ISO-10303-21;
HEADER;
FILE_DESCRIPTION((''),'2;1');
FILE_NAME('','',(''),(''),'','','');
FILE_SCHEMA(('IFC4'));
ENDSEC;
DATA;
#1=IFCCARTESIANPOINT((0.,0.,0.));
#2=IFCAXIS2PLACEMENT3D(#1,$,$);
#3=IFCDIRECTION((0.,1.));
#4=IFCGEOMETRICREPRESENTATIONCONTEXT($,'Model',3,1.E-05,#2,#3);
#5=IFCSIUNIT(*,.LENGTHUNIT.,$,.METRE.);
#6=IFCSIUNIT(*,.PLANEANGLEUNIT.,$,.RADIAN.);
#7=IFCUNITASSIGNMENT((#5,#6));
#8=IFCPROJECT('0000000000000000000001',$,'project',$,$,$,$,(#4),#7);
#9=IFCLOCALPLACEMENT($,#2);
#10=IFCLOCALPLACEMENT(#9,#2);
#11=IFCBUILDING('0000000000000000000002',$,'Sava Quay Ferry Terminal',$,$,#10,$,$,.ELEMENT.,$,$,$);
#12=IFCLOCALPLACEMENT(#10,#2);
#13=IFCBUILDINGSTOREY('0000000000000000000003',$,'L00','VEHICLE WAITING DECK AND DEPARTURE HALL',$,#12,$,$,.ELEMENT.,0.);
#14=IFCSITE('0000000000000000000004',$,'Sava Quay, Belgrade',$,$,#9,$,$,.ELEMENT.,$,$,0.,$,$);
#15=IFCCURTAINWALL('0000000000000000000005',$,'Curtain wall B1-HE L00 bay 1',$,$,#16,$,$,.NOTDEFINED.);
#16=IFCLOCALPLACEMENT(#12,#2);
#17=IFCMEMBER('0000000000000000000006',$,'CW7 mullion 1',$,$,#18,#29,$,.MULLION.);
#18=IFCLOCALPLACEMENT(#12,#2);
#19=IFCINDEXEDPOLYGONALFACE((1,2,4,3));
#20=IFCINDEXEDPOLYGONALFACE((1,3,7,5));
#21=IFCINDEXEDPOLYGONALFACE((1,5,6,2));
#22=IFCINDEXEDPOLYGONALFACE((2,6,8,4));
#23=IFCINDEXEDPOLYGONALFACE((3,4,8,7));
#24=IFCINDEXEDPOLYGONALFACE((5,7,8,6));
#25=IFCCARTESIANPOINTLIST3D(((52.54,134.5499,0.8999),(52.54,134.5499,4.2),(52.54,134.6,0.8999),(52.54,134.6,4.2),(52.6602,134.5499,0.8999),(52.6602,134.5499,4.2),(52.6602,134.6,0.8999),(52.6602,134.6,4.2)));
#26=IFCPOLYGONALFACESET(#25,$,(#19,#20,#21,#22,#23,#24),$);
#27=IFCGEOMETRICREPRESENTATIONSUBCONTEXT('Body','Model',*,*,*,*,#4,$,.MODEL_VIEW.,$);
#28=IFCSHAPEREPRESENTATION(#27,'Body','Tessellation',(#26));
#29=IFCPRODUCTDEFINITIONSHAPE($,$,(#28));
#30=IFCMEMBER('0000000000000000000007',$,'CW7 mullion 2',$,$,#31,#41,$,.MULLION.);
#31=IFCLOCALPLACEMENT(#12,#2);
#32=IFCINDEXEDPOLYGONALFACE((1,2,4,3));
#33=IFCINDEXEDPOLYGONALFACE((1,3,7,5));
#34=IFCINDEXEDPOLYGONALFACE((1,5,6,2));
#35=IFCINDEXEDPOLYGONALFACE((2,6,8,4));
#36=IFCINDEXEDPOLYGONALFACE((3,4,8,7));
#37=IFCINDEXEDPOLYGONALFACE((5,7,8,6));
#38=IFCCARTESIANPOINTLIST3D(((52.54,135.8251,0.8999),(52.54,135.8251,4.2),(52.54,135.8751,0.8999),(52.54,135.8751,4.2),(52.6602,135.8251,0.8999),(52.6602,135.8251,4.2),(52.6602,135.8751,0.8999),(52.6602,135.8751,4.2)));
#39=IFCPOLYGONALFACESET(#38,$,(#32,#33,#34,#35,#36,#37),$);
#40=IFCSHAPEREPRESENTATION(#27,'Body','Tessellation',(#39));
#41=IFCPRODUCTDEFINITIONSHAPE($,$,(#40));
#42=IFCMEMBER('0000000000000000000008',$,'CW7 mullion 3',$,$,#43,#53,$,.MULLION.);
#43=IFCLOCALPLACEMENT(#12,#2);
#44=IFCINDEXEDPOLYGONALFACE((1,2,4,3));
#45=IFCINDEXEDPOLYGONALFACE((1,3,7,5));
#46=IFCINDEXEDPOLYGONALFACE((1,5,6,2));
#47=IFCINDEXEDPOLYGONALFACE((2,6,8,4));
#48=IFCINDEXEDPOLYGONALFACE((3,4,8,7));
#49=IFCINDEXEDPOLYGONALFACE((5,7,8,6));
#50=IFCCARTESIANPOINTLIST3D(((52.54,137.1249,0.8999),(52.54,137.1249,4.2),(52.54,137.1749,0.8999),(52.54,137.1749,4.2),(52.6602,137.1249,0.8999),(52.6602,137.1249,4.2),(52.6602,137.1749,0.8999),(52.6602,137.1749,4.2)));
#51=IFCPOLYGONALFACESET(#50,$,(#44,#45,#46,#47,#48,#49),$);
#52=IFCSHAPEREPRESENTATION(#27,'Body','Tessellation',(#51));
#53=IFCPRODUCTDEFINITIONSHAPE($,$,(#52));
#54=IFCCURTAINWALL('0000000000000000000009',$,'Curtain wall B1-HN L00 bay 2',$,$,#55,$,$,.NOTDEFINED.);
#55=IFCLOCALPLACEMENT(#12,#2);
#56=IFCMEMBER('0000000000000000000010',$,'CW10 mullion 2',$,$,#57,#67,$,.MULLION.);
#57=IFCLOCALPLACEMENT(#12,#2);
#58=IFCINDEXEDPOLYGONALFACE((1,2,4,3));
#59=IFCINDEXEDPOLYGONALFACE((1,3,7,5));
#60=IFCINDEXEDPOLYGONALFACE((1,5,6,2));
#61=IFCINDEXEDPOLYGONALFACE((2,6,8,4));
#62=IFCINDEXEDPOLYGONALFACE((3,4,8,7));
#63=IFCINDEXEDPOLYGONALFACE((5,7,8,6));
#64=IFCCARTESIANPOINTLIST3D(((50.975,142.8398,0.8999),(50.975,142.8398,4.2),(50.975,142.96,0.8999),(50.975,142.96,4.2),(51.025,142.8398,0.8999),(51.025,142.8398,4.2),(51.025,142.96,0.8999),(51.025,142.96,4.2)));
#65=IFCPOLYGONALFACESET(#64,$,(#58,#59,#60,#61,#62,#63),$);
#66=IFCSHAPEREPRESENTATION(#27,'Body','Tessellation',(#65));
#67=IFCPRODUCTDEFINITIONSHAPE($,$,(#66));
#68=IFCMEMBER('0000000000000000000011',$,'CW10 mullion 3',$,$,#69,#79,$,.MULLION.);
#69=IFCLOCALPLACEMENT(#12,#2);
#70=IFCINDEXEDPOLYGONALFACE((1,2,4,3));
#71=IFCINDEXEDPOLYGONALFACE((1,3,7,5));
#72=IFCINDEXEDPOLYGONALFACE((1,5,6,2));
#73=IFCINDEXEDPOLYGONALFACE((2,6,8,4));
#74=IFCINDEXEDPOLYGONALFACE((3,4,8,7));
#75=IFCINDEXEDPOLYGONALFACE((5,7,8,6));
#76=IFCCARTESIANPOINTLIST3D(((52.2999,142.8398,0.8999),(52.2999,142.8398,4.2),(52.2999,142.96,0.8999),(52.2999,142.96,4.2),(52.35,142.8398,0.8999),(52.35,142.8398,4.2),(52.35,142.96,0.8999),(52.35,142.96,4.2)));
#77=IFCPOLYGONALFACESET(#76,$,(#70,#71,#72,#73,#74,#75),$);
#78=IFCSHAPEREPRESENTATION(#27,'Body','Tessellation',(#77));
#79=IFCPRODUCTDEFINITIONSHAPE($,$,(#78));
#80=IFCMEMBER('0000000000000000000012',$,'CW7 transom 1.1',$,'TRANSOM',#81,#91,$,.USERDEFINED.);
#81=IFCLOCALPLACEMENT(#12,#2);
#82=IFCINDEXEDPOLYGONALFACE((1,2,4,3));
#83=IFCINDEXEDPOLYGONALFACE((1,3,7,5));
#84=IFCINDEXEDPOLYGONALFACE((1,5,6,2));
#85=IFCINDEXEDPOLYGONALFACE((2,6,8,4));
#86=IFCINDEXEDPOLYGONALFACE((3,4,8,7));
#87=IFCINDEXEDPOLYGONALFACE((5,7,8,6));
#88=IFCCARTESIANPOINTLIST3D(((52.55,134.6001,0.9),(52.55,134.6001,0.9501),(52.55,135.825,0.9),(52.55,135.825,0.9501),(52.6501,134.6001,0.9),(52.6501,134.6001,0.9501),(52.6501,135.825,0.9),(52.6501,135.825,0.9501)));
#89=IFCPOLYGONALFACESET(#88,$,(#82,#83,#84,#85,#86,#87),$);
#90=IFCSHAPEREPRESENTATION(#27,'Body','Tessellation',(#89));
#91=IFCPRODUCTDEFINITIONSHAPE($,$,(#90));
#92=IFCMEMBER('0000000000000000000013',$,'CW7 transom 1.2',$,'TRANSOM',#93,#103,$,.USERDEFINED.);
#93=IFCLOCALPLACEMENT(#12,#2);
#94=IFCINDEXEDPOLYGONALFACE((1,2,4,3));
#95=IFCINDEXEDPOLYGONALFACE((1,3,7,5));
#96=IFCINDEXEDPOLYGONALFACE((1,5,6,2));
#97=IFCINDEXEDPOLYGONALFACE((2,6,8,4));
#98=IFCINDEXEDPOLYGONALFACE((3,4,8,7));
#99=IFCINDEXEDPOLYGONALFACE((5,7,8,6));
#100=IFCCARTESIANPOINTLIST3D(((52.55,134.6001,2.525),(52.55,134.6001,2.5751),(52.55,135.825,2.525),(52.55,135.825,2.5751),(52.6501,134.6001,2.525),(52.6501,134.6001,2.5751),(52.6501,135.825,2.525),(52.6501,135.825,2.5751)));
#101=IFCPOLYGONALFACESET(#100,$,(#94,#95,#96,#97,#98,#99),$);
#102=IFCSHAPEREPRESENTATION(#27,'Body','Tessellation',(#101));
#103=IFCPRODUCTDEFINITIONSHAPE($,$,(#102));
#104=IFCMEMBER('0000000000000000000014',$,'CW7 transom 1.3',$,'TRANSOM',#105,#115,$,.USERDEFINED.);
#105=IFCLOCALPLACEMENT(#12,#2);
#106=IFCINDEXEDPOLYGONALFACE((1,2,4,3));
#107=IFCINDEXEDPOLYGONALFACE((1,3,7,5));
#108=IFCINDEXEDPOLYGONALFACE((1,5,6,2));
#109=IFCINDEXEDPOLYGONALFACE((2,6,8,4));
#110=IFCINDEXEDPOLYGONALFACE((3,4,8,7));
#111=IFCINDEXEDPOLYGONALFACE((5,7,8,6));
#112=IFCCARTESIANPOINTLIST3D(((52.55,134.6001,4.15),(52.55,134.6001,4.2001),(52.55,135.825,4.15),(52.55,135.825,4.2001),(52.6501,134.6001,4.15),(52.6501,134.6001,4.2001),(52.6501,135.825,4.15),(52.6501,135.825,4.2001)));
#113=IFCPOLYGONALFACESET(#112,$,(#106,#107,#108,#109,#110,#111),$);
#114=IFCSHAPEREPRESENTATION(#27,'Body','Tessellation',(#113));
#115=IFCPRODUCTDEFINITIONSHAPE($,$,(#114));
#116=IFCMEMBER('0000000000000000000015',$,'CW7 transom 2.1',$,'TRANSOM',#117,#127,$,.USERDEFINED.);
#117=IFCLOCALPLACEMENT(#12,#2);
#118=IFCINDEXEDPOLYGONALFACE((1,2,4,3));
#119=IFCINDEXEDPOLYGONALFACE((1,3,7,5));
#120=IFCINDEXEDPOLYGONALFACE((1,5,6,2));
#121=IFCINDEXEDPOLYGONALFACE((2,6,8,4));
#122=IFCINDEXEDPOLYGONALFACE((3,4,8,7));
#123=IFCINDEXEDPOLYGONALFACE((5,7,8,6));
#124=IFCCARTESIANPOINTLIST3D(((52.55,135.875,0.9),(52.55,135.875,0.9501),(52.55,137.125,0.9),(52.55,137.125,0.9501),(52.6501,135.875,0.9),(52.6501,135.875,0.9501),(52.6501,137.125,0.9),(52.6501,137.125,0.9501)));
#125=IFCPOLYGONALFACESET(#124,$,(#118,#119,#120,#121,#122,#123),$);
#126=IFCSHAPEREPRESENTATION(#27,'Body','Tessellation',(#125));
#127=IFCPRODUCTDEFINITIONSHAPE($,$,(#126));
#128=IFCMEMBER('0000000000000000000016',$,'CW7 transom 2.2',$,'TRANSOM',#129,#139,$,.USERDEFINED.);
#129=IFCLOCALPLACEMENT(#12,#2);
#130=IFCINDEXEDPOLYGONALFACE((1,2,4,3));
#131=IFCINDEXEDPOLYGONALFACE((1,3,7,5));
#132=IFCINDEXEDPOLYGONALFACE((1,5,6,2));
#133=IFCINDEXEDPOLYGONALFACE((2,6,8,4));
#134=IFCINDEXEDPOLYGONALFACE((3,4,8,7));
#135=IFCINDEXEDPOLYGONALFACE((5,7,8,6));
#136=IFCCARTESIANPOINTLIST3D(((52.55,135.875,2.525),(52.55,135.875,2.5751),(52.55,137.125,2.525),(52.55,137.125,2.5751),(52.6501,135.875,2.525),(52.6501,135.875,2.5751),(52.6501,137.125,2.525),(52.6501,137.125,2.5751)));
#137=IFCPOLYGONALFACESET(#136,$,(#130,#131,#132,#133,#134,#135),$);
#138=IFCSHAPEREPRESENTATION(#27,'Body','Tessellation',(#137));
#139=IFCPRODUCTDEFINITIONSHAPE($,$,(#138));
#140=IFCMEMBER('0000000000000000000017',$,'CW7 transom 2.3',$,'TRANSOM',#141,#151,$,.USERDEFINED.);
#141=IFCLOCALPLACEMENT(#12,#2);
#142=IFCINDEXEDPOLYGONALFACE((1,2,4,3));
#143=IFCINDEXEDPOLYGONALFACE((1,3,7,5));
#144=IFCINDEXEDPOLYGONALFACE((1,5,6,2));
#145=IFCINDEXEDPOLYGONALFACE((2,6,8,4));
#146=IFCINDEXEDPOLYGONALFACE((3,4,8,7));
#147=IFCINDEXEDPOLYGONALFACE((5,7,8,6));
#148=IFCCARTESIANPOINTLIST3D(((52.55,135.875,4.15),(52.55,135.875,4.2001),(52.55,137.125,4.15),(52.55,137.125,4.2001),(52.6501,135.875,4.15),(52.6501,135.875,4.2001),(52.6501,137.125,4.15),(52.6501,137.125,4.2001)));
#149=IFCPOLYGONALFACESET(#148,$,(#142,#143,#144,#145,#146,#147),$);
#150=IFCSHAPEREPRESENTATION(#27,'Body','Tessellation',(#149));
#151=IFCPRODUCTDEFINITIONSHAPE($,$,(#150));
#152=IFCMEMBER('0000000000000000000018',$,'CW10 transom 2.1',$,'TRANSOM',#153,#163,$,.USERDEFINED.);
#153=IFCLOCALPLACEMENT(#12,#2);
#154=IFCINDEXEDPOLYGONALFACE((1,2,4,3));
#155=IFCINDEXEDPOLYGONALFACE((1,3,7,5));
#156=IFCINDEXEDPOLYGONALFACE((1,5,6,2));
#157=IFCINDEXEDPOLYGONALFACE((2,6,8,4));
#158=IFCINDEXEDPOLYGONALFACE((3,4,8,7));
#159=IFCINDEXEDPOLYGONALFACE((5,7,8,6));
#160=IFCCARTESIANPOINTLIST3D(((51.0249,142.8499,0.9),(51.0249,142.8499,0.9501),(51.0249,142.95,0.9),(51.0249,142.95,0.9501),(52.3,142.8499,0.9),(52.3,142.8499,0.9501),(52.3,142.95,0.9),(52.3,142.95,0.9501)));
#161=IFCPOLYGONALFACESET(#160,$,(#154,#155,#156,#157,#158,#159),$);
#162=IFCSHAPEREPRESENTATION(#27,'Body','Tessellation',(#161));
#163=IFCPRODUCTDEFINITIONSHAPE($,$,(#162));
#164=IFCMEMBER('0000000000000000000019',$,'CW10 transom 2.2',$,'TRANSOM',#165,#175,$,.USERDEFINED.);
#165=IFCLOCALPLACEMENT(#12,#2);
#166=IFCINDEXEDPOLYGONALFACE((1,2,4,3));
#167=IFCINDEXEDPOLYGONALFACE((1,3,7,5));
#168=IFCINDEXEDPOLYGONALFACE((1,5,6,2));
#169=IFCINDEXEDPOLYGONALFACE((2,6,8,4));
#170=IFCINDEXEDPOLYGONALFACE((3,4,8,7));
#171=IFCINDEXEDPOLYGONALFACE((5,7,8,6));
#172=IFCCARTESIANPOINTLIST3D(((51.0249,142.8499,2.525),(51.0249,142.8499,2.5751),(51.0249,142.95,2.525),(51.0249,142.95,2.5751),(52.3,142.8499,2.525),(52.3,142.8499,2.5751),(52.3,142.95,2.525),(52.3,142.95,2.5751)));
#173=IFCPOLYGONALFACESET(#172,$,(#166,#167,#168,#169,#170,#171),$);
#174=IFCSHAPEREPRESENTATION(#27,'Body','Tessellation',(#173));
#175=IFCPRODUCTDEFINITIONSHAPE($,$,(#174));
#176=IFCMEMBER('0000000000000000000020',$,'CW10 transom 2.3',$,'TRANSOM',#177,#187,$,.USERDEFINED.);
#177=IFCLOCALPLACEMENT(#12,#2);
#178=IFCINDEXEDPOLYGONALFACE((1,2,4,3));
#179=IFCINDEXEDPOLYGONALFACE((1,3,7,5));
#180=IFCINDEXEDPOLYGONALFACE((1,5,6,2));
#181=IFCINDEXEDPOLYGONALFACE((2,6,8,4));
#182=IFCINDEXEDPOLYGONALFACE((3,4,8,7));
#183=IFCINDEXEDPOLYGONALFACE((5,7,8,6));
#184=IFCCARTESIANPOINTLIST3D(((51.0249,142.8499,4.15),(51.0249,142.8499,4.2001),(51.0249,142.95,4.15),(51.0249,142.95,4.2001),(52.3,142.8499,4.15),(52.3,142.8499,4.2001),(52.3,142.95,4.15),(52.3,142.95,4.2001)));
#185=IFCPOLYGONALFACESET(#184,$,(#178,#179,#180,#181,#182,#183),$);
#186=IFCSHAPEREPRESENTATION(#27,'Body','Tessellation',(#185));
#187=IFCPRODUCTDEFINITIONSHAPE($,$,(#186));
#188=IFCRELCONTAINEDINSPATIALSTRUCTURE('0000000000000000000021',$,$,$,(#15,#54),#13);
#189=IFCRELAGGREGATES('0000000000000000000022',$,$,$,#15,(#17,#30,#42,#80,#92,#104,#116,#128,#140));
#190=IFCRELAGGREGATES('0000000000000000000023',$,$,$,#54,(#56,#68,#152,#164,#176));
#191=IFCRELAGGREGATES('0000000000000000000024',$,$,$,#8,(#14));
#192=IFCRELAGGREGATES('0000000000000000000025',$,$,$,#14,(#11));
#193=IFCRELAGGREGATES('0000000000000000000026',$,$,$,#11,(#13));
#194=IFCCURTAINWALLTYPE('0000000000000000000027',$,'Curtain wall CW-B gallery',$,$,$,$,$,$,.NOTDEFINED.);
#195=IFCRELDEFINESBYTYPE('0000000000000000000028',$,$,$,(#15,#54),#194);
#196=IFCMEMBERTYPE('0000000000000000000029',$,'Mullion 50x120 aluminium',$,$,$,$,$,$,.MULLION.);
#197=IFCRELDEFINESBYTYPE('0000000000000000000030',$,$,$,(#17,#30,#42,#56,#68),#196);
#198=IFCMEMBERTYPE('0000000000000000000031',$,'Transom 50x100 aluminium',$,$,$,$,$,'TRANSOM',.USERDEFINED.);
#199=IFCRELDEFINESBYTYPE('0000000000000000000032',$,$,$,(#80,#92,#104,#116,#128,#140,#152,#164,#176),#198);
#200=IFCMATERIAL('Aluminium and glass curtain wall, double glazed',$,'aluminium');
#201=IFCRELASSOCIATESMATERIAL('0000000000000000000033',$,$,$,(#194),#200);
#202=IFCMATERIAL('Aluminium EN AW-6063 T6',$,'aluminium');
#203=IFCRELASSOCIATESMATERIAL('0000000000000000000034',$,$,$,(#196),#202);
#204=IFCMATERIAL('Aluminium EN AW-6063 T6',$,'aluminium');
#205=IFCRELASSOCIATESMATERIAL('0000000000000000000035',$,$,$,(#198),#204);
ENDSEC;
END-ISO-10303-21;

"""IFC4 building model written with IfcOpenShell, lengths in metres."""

from ifc_helpers import new_model, si_unit, direction, frame, origin, origin_2d, place, context, subcontext, project, spatial, rectangle, extrude, material, material_profile, profile_set, type_object, element, aggregate, save


model = new_model("IFC4")

# Units and contexts
model_context = context("Model", 3, precision=1e-05, world=origin(), true_north=direction((0.0, 1.0)))
body_context = subcontext(model_context, "Body", "Model", "MODEL_VIEW")
ifc_project = project(units=[si_unit("LENGTHUNIT", "METRE"), si_unit("PLANEANGLEUNIT", "RADIAN")], contexts=[model_context])

# Site, building, storey
site_placement = place(None, origin())
site = spatial("IfcSite", under=ifc_project, at=site_placement, Name="Sava Quay, Belgrade", CompositionType="ELEMENT", RefElevation=0.0)
building_placement = place(site_placement, origin())
building = spatial("IfcBuilding", under=site, at=building_placement, Name="Sava Quay Ferry Terminal", CompositionType="ELEMENT")
storey_placement = place(building_placement, origin())
storey = spatial("IfcBuildingStorey", under=building, at=storey_placement, Name="L00", Description="VEHICLE WAITING DECK AND DEPARTURE HALL", CompositionType="ELEMENT", Elevation=0.0)

# Curtain walls, members
ifc_material_1 = material(Name="Aluminium and glass curtain wall, double glazed", Category="aluminium")
curtain_wall_type = type_object("IfcCurtainWallType", Name="Curtain wall CW-B gallery", PredefinedType="NOTDEFINED", material=ifc_material_1)
curtain_wall_1_placement = place(storey_placement, origin())
curtain_wall_1 = element("IfcCurtainWall", 1, at=curtain_wall_1_placement, inside=storey, type_object=curtain_wall_type, Name="Curtain wall B1-HE L00 bay 1", PredefinedType="NOTDEFINED")
ifc_material_2 = material(Name="Aluminium EN AW-6063 T6", Category="aluminium")
ifc_material_profile_1 = material_profile(ifc_material_2, rectangle(XDim=0.1201, YDim=0.05, at=origin_2d()), Name="Mullion 50x120 aluminium")
ifc_profile_set_1 = profile_set([ifc_material_profile_1], Name="Aluminium EN AW-6063 T6")
member_type_1 = type_object("IfcMemberType", Name="Mullion 50x120 aluminium", PredefinedType="MULLION", material=ifc_profile_set_1)
member_1_placement = place(storey_placement, frame((52.6001, 134.575, 0.8999), z_axis=(0.0, 0.0, 1.0), x_axis=(-1.0, 0.0, 0.0)))
member_1 = element("IfcMember", 2, at=member_1_placement, type_object=member_type_1, Name="CW7 mullion 1", PredefinedType="MULLION", context=body_context, shape_type="SweptSolid", body=[
    extrude(rectangle(XDim=0.1201, YDim=0.05, at=origin_2d()), origin(), (0.0, 0.0, 1.0), 3.3),
])
member_2_placement = place(storey_placement, frame((52.6001, 135.8501, 0.8999), z_axis=(0.0, 0.0, 1.0), x_axis=(-1.0, 0.0, 0.0)))
member_2 = element("IfcMember", 3, at=member_2_placement, type_object=member_type_1, Name="CW7 mullion 2", PredefinedType="MULLION", context=body_context, shape_type="SweptSolid", body=[
    extrude(rectangle(XDim=0.1201, YDim=0.05, at=origin_2d()), origin(), (0.0, 0.0, 1.0), 3.3),
])
member_3_placement = place(storey_placement, frame((52.6001, 137.1499, 0.8999), z_axis=(0.0, 0.0, 1.0), x_axis=(-1.0, 0.0, 0.0)))
member_3 = element("IfcMember", 4, at=member_3_placement, type_object=member_type_1, Name="CW7 mullion 3", PredefinedType="MULLION", context=body_context, shape_type="SweptSolid", body=[
    extrude(rectangle(XDim=0.1201, YDim=0.05, at=origin_2d()), origin(), (0.0, 0.0, 1.0), 3.3),
])
curtain_wall_2_placement = place(storey_placement, origin())
curtain_wall_2 = element("IfcCurtainWall", 5, at=curtain_wall_2_placement, inside=storey, type_object=curtain_wall_type, Name="Curtain wall B1-HN L00 bay 2", PredefinedType="NOTDEFINED")
member_4_placement = place(storey_placement, frame((51.0, 142.8999, 0.8999), z_axis=(0.0, 0.0, 1.0), x_axis=(0.0, 1.0, 0.0)))
member_4 = element("IfcMember", 6, at=member_4_placement, type_object=member_type_1, Name="CW10 mullion 2", PredefinedType="MULLION", context=body_context, shape_type="SweptSolid", body=[
    extrude(rectangle(XDim=0.1201, YDim=0.05, at=origin_2d()), origin(), (0.0, 0.0, 1.0), 3.3),
])
member_5_placement = place(storey_placement, frame((52.325, 142.8999, 0.8999), z_axis=(0.0, 0.0, 1.0), x_axis=(0.0, 1.0, 0.0)))
member_5 = element("IfcMember", 7, at=member_5_placement, type_object=member_type_1, Name="CW10 mullion 3", PredefinedType="MULLION", context=body_context, shape_type="SweptSolid", body=[
    extrude(rectangle(XDim=0.1201, YDim=0.05, at=origin_2d()), origin(), (0.0, 0.0, 1.0), 3.3),
])

# Members
ifc_material_3 = material(Name="Aluminium EN AW-6063 T6", Category="aluminium")
ifc_material_profile_2 = material_profile(ifc_material_3, rectangle(XDim=0.1001, YDim=0.05, at=origin_2d()), Name="Transom 50x100 aluminium")
ifc_profile_set_2 = profile_set([ifc_material_profile_2], Name="Aluminium EN AW-6063 T6")
member_type_2 = type_object("IfcMemberType", Name="Transom 50x100 aluminium", ElementType="TRANSOM", PredefinedType="USERDEFINED", material=ifc_profile_set_2)
member_6_placement = place(storey_placement, frame((52.6001, 134.6001, 0.925), z_axis=(0.0, 1.0, 0.0), x_axis=(-1.0, 0.0, 0.0)))
member_6 = element("IfcMember", 8, at=member_6_placement, type_object=member_type_2, Name="CW7 transom 1.1", ObjectType="TRANSOM", PredefinedType="USERDEFINED", context=body_context, shape_type="SweptSolid", body=[
    extrude(rectangle(XDim=0.1001, YDim=0.05, at=origin_2d()), origin(), (0.0, 0.0, 1.0), 1.2249),
])
member_7_placement = place(storey_placement, frame((52.6001, 134.6001, 2.55), z_axis=(0.0, 1.0, 0.0), x_axis=(-1.0, 0.0, 0.0)))
member_7 = element("IfcMember", 9, at=member_7_placement, type_object=member_type_2, Name="CW7 transom 1.2", ObjectType="TRANSOM", PredefinedType="USERDEFINED", context=body_context, shape_type="SweptSolid", body=[
    extrude(rectangle(XDim=0.1001, YDim=0.05, at=origin_2d()), origin(), (0.0, 0.0, 1.0), 1.2249),
])
member_8_placement = place(storey_placement, frame((52.6001, 134.6001, 4.175), z_axis=(0.0, 1.0, 0.0), x_axis=(-1.0, 0.0, 0.0)))
member_8 = element("IfcMember", 10, at=member_8_placement, type_object=member_type_2, Name="CW7 transom 1.3", ObjectType="TRANSOM", PredefinedType="USERDEFINED", context=body_context, shape_type="SweptSolid", body=[
    extrude(rectangle(XDim=0.1001, YDim=0.05, at=origin_2d()), origin(), (0.0, 0.0, 1.0), 1.2249),
])
member_9_placement = place(storey_placement, frame((52.6001, 135.875, 0.925), z_axis=(0.0, 1.0, 0.0), x_axis=(-1.0, 0.0, 0.0)))
member_9 = element("IfcMember", 11, at=member_9_placement, type_object=member_type_2, Name="CW7 transom 2.1", ObjectType="TRANSOM", PredefinedType="USERDEFINED", context=body_context, shape_type="SweptSolid", body=[
    extrude(rectangle(XDim=0.1001, YDim=0.05, at=origin_2d()), origin(), (0.0, 0.0, 1.0), 1.25),
])
member_10_placement = place(storey_placement, frame((52.6001, 135.875, 2.55), z_axis=(0.0, 1.0, 0.0), x_axis=(-1.0, 0.0, 0.0)))
member_10 = element("IfcMember", 12, at=member_10_placement, type_object=member_type_2, Name="CW7 transom 2.2", ObjectType="TRANSOM", PredefinedType="USERDEFINED", context=body_context, shape_type="SweptSolid", body=[
    extrude(rectangle(XDim=0.1001, YDim=0.05, at=origin_2d()), origin(), (0.0, 0.0, 1.0), 1.25),
])
member_11_placement = place(storey_placement, frame((52.6001, 135.875, 4.175), z_axis=(0.0, 1.0, 0.0), x_axis=(-1.0, 0.0, 0.0)))
member_11 = element("IfcMember", 13, at=member_11_placement, type_object=member_type_2, Name="CW7 transom 2.3", ObjectType="TRANSOM", PredefinedType="USERDEFINED", context=body_context, shape_type="SweptSolid", body=[
    extrude(rectangle(XDim=0.1001, YDim=0.05, at=origin_2d()), origin(), (0.0, 0.0, 1.0), 1.25),
])
member_12_placement = place(storey_placement, frame((51.0249, 142.8999, 0.925), z_axis=(1.0, 0.0, 0.0), x_axis=(0.0, 1.0, 0.0)))
member_12 = element("IfcMember", 14, at=member_12_placement, type_object=member_type_2, Name="CW10 transom 2.1", ObjectType="TRANSOM", PredefinedType="USERDEFINED", context=body_context, shape_type="SweptSolid", body=[
    extrude(rectangle(XDim=0.1001, YDim=0.05, at=origin_2d()), origin(), (0.0, 0.0, 1.0), 1.2751),
])
member_13_placement = place(storey_placement, frame((51.0249, 142.8999, 2.55), z_axis=(1.0, 0.0, 0.0), x_axis=(0.0, 1.0, 0.0)))
member_13 = element("IfcMember", 15, at=member_13_placement, type_object=member_type_2, Name="CW10 transom 2.2", ObjectType="TRANSOM", PredefinedType="USERDEFINED", context=body_context, shape_type="SweptSolid", body=[
    extrude(rectangle(XDim=0.1001, YDim=0.05, at=origin_2d()), origin(), (0.0, 0.0, 1.0), 1.2751),
])
member_14_placement = place(storey_placement, frame((51.0249, 142.8999, 4.175), z_axis=(1.0, 0.0, 0.0), x_axis=(0.0, 1.0, 0.0)))
member_14 = element("IfcMember", 16, at=member_14_placement, type_object=member_type_2, Name="CW10 transom 2.3", ObjectType="TRANSOM", PredefinedType="USERDEFINED", context=body_context, shape_type="SweptSolid", body=[
    extrude(rectangle(XDim=0.1001, YDim=0.05, at=origin_2d()), origin(), (0.0, 0.0, 1.0), 1.2751),
])

aggregate(curtain_wall_1, [member_1, member_2, member_3, member_6, member_7, member_8, member_9, member_10, member_11])
aggregate(curtain_wall_2, [member_4, member_5, member_12, member_13, member_14])

save(model, "model.ifc")
